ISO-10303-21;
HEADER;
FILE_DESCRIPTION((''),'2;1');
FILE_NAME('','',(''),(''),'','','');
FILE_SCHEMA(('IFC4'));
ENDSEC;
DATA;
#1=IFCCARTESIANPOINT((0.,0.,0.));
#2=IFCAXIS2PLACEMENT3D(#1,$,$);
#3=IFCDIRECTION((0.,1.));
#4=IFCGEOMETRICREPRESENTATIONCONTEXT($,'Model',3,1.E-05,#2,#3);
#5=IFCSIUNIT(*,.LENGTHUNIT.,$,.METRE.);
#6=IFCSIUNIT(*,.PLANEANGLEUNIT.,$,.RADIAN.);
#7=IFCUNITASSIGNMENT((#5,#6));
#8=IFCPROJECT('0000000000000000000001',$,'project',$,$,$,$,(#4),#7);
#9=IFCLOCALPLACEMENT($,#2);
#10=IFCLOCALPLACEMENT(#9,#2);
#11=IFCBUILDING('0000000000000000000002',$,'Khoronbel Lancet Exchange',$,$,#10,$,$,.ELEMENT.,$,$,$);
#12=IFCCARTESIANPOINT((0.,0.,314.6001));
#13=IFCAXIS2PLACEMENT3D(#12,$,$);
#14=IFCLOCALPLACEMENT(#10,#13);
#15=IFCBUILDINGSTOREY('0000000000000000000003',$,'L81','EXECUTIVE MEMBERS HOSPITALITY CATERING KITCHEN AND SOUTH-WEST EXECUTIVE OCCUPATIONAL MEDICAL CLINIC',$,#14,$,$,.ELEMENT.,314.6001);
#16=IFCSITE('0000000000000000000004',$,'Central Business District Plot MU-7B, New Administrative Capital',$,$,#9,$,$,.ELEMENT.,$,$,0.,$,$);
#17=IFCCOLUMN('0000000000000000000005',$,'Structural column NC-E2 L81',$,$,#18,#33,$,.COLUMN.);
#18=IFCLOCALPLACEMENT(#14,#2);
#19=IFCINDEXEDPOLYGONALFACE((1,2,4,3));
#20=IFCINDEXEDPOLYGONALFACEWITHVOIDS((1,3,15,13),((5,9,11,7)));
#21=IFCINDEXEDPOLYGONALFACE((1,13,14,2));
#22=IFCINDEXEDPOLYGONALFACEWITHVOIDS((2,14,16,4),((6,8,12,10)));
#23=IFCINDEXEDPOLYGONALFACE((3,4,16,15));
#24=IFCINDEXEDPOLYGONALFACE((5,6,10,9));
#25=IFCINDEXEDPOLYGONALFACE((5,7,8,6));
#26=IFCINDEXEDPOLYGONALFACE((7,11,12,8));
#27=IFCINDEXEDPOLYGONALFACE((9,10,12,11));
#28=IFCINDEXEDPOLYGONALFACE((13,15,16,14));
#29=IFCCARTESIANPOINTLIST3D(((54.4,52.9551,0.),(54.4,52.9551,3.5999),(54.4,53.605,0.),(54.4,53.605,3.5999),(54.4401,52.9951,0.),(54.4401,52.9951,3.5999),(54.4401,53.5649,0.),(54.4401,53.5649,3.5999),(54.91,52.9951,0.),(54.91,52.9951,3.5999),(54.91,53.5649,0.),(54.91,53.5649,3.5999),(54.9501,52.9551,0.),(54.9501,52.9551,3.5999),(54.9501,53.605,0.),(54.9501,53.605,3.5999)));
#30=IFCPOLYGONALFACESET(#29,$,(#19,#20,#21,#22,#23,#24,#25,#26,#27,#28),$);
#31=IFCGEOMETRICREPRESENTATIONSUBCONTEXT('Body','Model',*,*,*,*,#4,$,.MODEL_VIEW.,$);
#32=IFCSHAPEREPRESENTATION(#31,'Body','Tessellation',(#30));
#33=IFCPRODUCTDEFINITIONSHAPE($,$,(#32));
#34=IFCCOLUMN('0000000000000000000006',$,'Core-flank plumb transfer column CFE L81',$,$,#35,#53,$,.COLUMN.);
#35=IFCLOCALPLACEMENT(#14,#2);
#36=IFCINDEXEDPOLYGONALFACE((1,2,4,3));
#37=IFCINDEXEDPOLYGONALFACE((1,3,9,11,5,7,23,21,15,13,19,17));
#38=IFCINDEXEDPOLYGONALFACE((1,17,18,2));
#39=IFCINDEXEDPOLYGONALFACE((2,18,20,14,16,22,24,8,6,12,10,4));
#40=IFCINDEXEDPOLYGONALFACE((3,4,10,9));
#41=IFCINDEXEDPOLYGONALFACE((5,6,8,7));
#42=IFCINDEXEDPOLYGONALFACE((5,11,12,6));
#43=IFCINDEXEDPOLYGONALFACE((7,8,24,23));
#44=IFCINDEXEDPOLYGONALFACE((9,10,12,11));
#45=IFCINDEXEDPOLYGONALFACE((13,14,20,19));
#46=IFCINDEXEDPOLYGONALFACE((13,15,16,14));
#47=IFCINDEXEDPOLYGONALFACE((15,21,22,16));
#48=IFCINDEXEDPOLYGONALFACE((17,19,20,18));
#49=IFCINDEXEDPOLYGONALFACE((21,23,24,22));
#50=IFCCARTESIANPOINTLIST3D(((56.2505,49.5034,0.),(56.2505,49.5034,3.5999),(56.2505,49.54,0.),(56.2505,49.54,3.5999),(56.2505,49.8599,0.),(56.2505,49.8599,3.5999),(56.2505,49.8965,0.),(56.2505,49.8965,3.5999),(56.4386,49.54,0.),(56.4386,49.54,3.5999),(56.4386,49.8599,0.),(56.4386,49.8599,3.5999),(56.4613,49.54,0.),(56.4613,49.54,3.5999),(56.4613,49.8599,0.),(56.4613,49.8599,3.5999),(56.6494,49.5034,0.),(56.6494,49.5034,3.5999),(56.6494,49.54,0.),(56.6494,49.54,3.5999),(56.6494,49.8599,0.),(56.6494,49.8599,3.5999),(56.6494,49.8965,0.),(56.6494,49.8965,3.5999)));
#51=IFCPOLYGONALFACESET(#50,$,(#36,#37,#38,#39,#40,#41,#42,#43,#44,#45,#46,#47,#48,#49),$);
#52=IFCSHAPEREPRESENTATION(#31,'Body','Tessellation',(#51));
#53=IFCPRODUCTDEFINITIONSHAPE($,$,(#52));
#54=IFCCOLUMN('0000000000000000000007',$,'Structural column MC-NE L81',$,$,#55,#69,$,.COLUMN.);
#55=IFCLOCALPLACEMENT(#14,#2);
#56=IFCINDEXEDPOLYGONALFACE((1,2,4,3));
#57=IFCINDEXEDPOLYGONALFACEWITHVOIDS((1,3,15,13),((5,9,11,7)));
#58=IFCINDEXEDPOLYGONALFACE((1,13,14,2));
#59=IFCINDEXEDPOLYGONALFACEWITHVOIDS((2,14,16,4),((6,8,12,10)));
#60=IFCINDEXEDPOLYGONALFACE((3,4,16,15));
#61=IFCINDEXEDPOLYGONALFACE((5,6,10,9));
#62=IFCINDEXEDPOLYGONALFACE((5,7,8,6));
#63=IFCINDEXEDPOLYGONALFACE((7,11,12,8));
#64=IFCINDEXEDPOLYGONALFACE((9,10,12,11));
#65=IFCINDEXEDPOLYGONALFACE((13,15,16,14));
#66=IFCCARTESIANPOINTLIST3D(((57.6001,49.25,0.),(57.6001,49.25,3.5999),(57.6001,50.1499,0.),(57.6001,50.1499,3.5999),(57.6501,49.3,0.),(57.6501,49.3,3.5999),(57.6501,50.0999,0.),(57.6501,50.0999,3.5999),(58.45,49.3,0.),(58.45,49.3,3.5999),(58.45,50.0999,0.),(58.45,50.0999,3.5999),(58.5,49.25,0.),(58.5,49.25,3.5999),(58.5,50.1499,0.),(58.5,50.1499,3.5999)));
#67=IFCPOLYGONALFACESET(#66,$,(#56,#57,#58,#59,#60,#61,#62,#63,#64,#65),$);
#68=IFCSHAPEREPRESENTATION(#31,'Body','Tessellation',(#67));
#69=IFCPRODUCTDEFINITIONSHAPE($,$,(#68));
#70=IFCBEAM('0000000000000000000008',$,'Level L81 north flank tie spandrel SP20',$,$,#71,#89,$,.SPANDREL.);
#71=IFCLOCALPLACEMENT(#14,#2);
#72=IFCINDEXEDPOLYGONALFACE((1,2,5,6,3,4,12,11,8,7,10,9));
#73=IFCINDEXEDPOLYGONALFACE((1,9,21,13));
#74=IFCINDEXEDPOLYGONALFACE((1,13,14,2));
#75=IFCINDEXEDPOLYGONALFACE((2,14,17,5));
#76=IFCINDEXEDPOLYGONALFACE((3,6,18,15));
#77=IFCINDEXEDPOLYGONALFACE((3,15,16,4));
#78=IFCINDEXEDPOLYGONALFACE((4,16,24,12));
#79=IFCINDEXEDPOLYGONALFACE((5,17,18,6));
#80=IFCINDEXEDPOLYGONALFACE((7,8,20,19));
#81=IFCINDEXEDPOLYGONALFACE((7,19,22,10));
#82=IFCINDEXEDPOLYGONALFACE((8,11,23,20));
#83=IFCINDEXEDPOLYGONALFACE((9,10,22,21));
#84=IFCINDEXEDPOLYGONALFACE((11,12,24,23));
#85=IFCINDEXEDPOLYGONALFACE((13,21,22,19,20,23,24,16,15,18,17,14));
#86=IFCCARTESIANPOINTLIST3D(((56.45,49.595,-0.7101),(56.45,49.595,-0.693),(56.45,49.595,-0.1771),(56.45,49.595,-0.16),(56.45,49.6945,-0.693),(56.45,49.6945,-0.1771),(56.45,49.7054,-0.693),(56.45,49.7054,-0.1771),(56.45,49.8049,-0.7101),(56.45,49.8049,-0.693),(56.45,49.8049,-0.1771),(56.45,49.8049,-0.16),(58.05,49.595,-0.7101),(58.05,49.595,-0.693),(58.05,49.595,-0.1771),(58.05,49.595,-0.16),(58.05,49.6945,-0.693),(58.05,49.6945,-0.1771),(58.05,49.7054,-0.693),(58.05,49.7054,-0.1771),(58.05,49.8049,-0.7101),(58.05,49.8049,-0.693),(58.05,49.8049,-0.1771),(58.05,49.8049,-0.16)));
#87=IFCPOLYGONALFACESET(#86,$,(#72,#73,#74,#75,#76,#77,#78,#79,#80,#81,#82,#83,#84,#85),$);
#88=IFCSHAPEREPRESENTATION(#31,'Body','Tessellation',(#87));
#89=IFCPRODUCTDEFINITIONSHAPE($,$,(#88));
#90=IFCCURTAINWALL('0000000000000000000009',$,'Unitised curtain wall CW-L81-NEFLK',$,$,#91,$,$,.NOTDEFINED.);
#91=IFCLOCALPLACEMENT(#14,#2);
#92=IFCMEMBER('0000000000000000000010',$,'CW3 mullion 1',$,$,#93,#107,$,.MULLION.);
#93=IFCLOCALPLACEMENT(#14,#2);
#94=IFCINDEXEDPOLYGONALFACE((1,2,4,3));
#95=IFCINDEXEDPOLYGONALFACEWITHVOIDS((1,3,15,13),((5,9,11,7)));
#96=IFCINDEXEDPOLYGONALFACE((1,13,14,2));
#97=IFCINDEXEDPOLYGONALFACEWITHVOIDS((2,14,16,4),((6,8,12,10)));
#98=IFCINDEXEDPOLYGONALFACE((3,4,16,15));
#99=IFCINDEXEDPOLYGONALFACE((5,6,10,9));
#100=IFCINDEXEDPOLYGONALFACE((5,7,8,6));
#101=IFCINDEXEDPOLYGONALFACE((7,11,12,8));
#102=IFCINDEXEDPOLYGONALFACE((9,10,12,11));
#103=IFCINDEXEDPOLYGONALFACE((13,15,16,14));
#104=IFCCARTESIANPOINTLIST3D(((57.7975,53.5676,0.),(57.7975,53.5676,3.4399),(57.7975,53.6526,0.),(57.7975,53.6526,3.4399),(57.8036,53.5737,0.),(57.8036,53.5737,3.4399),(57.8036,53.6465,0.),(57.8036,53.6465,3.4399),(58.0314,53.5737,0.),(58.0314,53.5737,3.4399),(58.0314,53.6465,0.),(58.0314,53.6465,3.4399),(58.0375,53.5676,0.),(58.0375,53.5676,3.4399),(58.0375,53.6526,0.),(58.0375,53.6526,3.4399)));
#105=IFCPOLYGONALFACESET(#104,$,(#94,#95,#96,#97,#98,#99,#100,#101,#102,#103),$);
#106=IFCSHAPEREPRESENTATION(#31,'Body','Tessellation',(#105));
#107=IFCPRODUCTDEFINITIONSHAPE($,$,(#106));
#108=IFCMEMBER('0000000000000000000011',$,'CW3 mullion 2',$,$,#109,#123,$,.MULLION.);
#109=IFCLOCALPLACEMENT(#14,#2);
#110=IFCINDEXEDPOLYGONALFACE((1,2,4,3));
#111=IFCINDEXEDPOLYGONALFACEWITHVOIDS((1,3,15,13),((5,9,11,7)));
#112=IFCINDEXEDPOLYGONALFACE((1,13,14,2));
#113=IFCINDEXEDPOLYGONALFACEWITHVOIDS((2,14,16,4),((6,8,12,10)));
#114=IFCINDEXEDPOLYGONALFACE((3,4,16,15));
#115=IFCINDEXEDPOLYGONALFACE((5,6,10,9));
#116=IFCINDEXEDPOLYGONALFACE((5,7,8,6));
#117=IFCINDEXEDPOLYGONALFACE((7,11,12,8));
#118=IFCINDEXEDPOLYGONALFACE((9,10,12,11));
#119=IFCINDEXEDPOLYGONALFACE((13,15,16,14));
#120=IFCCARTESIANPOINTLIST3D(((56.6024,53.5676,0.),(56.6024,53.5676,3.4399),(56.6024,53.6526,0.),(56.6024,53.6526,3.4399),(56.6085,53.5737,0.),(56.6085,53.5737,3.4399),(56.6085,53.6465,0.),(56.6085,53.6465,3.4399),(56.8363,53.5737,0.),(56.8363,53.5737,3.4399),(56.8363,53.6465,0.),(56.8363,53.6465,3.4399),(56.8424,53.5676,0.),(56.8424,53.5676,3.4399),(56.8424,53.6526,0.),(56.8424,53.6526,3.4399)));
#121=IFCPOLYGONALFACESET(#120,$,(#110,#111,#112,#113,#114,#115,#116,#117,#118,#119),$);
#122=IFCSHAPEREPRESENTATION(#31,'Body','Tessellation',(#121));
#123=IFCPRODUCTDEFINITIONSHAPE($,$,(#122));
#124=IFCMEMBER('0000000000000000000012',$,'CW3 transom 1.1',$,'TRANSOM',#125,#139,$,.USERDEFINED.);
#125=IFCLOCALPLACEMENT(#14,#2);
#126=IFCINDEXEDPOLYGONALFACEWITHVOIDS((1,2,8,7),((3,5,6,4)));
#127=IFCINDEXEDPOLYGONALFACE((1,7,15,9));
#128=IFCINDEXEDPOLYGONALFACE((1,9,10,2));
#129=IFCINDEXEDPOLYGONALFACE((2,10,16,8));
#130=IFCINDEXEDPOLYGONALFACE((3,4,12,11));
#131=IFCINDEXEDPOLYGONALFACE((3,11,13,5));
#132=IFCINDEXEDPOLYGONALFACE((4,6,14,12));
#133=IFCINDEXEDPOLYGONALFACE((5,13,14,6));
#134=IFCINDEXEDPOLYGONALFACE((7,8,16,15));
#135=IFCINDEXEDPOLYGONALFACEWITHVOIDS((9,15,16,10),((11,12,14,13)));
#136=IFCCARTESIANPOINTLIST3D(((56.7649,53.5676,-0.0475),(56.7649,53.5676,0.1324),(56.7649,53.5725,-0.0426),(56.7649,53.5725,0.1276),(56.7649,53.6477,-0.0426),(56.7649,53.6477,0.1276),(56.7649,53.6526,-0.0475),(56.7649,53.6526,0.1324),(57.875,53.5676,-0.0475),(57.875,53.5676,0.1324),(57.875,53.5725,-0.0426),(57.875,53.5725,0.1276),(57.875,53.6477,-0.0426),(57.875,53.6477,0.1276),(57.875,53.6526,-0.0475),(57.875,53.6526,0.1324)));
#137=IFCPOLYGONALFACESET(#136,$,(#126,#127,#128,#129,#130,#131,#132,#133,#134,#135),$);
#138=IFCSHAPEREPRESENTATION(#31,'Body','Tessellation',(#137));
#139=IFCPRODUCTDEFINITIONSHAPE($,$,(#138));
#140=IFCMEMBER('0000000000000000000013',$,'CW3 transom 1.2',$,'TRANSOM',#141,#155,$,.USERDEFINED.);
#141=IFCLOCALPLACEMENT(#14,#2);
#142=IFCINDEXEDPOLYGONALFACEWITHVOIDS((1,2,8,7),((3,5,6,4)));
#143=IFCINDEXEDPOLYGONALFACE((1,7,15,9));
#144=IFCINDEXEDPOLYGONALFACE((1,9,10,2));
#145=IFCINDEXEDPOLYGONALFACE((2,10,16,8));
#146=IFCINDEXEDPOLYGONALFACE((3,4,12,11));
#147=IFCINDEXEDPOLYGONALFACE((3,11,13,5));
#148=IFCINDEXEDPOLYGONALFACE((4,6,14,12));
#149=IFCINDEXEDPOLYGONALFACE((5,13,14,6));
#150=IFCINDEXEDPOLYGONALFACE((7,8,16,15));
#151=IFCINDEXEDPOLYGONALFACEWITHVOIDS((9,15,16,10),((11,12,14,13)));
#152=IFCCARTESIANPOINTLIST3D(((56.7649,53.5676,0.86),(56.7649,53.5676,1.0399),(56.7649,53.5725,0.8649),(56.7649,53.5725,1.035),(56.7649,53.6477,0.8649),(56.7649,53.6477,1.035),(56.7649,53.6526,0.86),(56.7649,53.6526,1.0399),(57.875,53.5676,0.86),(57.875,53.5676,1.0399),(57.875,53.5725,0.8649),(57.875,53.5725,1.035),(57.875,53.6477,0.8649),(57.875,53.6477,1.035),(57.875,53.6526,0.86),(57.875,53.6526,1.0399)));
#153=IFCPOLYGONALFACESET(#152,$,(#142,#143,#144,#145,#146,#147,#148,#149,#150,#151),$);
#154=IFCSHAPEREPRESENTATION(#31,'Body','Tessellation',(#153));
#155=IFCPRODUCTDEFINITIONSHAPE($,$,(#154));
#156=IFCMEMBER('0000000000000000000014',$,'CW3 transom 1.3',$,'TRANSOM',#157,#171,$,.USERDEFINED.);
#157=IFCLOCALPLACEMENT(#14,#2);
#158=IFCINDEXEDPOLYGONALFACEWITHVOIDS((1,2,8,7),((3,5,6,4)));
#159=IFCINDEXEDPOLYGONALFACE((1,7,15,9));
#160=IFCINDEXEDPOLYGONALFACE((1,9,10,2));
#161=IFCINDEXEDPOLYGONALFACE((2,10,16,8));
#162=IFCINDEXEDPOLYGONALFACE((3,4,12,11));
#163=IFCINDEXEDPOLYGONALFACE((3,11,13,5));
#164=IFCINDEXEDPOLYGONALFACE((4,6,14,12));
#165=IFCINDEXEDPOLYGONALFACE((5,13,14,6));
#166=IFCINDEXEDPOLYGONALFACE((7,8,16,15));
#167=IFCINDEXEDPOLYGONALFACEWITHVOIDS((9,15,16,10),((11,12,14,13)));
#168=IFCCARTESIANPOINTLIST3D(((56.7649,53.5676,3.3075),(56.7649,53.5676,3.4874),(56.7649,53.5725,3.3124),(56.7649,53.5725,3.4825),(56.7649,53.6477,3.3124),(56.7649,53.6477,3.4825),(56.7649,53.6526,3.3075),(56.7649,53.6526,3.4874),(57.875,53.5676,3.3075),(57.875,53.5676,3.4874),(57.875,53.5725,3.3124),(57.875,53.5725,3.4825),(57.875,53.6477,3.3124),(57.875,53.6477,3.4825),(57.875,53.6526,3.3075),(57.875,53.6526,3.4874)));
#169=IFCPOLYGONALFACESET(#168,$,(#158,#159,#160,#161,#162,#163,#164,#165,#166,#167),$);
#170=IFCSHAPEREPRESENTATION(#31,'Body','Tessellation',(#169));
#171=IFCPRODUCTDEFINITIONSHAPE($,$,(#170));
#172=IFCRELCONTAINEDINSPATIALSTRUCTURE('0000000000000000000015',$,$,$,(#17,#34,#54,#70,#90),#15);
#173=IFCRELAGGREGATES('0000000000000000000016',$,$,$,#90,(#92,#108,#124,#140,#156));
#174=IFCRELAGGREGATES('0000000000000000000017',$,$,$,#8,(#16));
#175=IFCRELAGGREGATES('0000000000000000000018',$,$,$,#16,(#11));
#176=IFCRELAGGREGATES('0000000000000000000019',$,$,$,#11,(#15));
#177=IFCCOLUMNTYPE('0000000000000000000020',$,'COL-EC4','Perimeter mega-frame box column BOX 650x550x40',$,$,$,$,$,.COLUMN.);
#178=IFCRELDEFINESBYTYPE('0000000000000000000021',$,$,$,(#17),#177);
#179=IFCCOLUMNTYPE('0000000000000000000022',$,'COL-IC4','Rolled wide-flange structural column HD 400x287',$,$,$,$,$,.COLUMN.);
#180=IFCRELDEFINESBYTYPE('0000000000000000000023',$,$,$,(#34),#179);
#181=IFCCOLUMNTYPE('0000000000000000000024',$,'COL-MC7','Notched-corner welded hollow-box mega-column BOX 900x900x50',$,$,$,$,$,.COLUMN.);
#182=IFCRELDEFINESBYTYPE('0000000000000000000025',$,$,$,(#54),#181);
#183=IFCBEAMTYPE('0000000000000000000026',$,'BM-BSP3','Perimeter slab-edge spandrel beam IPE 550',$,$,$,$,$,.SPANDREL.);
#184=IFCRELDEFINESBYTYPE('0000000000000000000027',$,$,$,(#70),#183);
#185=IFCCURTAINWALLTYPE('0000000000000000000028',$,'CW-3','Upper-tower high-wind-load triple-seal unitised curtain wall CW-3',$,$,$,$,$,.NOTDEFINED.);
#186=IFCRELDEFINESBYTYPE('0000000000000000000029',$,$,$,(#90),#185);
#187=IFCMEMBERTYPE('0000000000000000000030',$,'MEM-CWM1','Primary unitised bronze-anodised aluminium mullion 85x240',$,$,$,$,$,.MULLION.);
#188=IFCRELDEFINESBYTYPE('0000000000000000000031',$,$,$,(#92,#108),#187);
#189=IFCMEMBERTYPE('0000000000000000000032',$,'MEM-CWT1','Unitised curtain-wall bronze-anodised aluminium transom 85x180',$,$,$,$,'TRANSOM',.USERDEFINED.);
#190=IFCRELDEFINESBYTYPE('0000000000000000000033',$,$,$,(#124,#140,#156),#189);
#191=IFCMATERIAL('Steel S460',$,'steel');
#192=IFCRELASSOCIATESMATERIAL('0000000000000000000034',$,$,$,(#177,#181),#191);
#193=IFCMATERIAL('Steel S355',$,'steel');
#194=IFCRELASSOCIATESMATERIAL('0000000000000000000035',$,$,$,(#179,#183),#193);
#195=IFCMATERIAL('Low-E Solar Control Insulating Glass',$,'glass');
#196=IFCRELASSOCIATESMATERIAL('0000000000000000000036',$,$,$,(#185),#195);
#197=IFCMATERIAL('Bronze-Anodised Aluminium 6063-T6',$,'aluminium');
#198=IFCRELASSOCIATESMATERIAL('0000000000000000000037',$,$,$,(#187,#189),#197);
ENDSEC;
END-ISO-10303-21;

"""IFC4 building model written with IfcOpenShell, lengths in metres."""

from ifc_helpers import new_model, si_unit, direction, frame, origin, origin_2d, place, context, subcontext, project, spatial, hollow_rectangle, i_section, extrude, material, material_profile, profile_set, type_object, element, aggregate, save


model = new_model("IFC4")

# Units and contexts
model_context = context("Model", 3, precision=1e-05, world=origin(), true_north=direction((0.0, 1.0)))
body_context = subcontext(model_context, "Body", "Model", "MODEL_VIEW")
ifc_project = project(units=[si_unit("LENGTHUNIT", "METRE"), si_unit("PLANEANGLEUNIT", "RADIAN")], contexts=[model_context])

# Site, building, storey
site_placement = place(None, origin())
site = spatial("IfcSite", under=ifc_project, at=site_placement, Name="Central Business District Plot MU-7B, New Administrative Capital", CompositionType="ELEMENT", RefElevation=0.0)
building_placement = place(site_placement, origin())
building = spatial("IfcBuilding", under=site, at=building_placement, Name="Khoronbel Lancet Exchange", CompositionType="ELEMENT")
storey_placement = place(building_placement, frame((0.0, 0.0, 314.6001)))
storey = spatial("IfcBuildingStorey", under=building, at=storey_placement, Name="L81", Description="EXECUTIVE MEMBERS HOSPITALITY CATERING KITCHEN AND SOUTH-WEST EXECUTIVE OCCUPATIONAL MEDICAL CLINIC", CompositionType="ELEMENT", Elevation=314.6001)

# Columns
ifc_material_1 = material(Name="Steel S460", Category="steel")
ifc_material_profile_1 = material_profile(ifc_material_1, hollow_rectangle(XDim=0.55, YDim=0.6499, WallThickness=0.04, at=origin_2d()), Name="BOX 650x550x40")
ifc_profile_set_1 = profile_set([ifc_material_profile_1], Name="Steel S460")
column_type_1 = type_object("IfcColumnType", Name="COL-EC4", Description="Perimeter mega-frame box column BOX 650x550x40", PredefinedType="COLUMN", material=ifc_profile_set_1)
column_1_placement = place(storey_placement, frame((54.675, 53.28, 0.0), z_axis=(0.0, 0.0, 1.0), x_axis=(1.0, 0.0, 0.0)))
element("IfcColumn", 1, at=column_1_placement, inside=storey, type_object=column_type_1, Name="Structural column NC-E2 L81", PredefinedType="COLUMN", context=body_context, shape_type="SweptSolid", body=[
    extrude(hollow_rectangle(XDim=0.55, YDim=0.6499, WallThickness=0.04, at=origin_2d()), origin(), (0.0, 0.0, 1.0), 3.5999),
])
ifc_material_2 = material(Name="Steel S355", Category="steel")
ifc_material_profile_2 = material_profile(ifc_material_2, i_section(OverallWidth=0.3989, OverallDepth=0.3931, WebThickness=0.0227, FlangeThickness=0.0366, at=origin_2d()), Name="HD 400x287")
ifc_profile_set_2 = profile_set([ifc_material_profile_2], Name="Steel S355")
column_type_2 = type_object("IfcColumnType", Name="COL-IC4", Description="Rolled wide-flange structural column HD 400x287", PredefinedType="COLUMN", material=ifc_profile_set_2)
column_2_placement = place(storey_placement, frame((56.45, 49.7, 0.0), z_axis=(0.0, 0.0, 1.0), x_axis=(1.0, 0.0, 0.0)))
element("IfcColumn", 2, at=column_2_placement, inside=storey, type_object=column_type_2, Name="Core-flank plumb transfer column CFE L81", PredefinedType="COLUMN", context=body_context, shape_type="SweptSolid", body=[
    extrude(i_section(OverallWidth=0.3989, OverallDepth=0.3931, WebThickness=0.0227, FlangeThickness=0.0366, at=origin_2d()), origin(), (0.0, 0.0, 1.0), 3.5999),
])
ifc_material_profile_3 = material_profile(ifc_material_1, hollow_rectangle(XDim=0.8999, YDim=0.8999, WallThickness=0.05, at=origin_2d()), Name="BOX 900x900x50")
ifc_profile_set_3 = profile_set([ifc_material_profile_3], Name="Steel S460")
column_type_3 = type_object("IfcColumnType", Name="COL-MC7", Description="Notched-corner welded hollow-box mega-column BOX 900x900x50", PredefinedType="COLUMN", material=ifc_profile_set_3)
column_3_placement = place(storey_placement, frame((58.05, 49.7, 0.0), z_axis=(0.0, 0.0, 1.0), x_axis=(1.0, 0.0, 0.0)))
element("IfcColumn", 3, at=column_3_placement, inside=storey, type_object=column_type_3, Name="Structural column MC-NE L81", PredefinedType="COLUMN", context=body_context, shape_type="SweptSolid", body=[
    extrude(hollow_rectangle(XDim=0.8999, YDim=0.8999, WallThickness=0.05, at=origin_2d()), origin(), (0.0, 0.0, 1.0), 3.5999),
])

# Beam
ifc_material_profile_4 = material_profile(ifc_material_2, i_section(OverallWidth=0.21, OverallDepth=0.55, WebThickness=0.011, FlangeThickness=0.0171, at=origin_2d()), Name="IPE 550")
ifc_profile_set_4 = profile_set([ifc_material_profile_4], Name="Steel S355")
beam_type = type_object("IfcBeamType", Name="BM-BSP3", Description="Perimeter slab-edge spandrel beam IPE 550", PredefinedType="SPANDREL", material=ifc_profile_set_4)
beam_placement = place(storey_placement, frame((58.05, 49.7, -0.4351), z_axis=(-1.0, 0.0, 0.0), x_axis=(0.0, -1.0, 0.0)))
element("IfcBeam", 4, at=beam_placement, inside=storey, type_object=beam_type, Name="Level L81 north flank tie spandrel SP20", PredefinedType="SPANDREL", context=body_context, shape_type="SweptSolid", body=[
    extrude(i_section(OverallWidth=0.21, OverallDepth=0.55, WebThickness=0.011, FlangeThickness=0.0171, at=origin_2d()), origin(), (0.0, 0.0, 1.0), 1.6001),
])

# Curtain wall, members
ifc_material_3 = material(Name="Low-E Solar Control Insulating Glass", Category="glass")
curtain_wall_type = type_object("IfcCurtainWallType", Name="CW-3", Description="Upper-tower high-wind-load triple-seal unitised curtain wall CW-3", PredefinedType="NOTDEFINED", material=ifc_material_3)
curtain_wall_placement = place(storey_placement, origin())
curtain_wall = element("IfcCurtainWall", 5, at=curtain_wall_placement, inside=storey, type_object=curtain_wall_type, Name="Unitised curtain wall CW-L81-NEFLK", PredefinedType="NOTDEFINED")
ifc_material_4 = material(Name="Bronze-Anodised Aluminium 6063-T6", Category="aluminium")
ifc_material_profile_5 = material_profile(ifc_material_4, hollow_rectangle(XDim=0.085, YDim=0.24, WallThickness=0.0061, at=origin_2d()), Name="ALU MULLION 85x240")
ifc_profile_set_5 = profile_set([ifc_material_profile_5], Name="Bronze-Anodised Aluminium 6063-T6")
member_type_1 = type_object("IfcMemberType", Name="MEM-CWM1", Description="Primary unitised bronze-anodised aluminium mullion 85x240", PredefinedType="MULLION", material=ifc_profile_set_5)
member_1_placement = place(storey_placement, frame((57.9175, 53.6101, 0.0), z_axis=(0.0, 0.0, 1.0), x_axis=(0.0, -1.0, 0.0)))
member_1 = element("IfcMember", 6, at=member_1_placement, type_object=member_type_1, Name="CW3 mullion 1", PredefinedType="MULLION", context=body_context, shape_type="SweptSolid", body=[
    extrude(hollow_rectangle(XDim=0.085, YDim=0.24, WallThickness=0.0061, at=origin_2d()), origin(), (0.0, 0.0, 1.0), 3.4399),
])
member_2_placement = place(storey_placement, frame((56.7224, 53.6101, 0.0), z_axis=(0.0, 0.0, 1.0), x_axis=(0.0, -1.0, 0.0)))
member_2 = element("IfcMember", 7, at=member_2_placement, type_object=member_type_1, Name="CW3 mullion 2", PredefinedType="MULLION", context=body_context, shape_type="SweptSolid", body=[
    extrude(hollow_rectangle(XDim=0.085, YDim=0.24, WallThickness=0.0061, at=origin_2d()), origin(), (0.0, 0.0, 1.0), 3.4399),
])
ifc_material_profile_6 = material_profile(ifc_material_4, hollow_rectangle(XDim=0.085, YDim=0.1799, WallThickness=0.0049, at=origin_2d()), Name="ALU TRANSOM 85x180")
ifc_profile_set_6 = profile_set([ifc_material_profile_6], Name="Bronze-Anodised Aluminium 6063-T6")
member_type_2 = type_object("IfcMemberType", Name="MEM-CWT1", Description="Unitised curtain-wall bronze-anodised aluminium transom 85x180", ElementType="TRANSOM", PredefinedType="USERDEFINED", material=ifc_profile_set_6)
member_3_placement = place(storey_placement, frame((57.875, 53.6101, 0.0425), z_axis=(-1.0, 0.0, 0.0), x_axis=(0.0, -1.0, 0.0)))
member_3 = element("IfcMember", 8, at=member_3_placement, type_object=member_type_2, Name="CW3 transom 1.1", ObjectType="TRANSOM", PredefinedType="USERDEFINED", context=body_context, shape_type="SweptSolid", body=[
    extrude(hollow_rectangle(XDim=0.085, YDim=0.1799, WallThickness=0.0049, at=origin_2d()), origin(), (0.0, 0.0, 1.0), 1.1101),
])
member_4_placement = place(storey_placement, frame((57.875, 53.6101, 0.95), z_axis=(-1.0, 0.0, 0.0), x_axis=(0.0, -1.0, 0.0)))
member_4 = element("IfcMember", 9, at=member_4_placement, type_object=member_type_2, Name="CW3 transom 1.2", ObjectType="TRANSOM", PredefinedType="USERDEFINED", context=body_context, shape_type="SweptSolid", body=[
    extrude(hollow_rectangle(XDim=0.085, YDim=0.1799, WallThickness=0.0049, at=origin_2d()), origin(), (0.0, 0.0, 1.0), 1.1101),
])
member_5_placement = place(storey_placement, frame((57.875, 53.6101, 3.3975), z_axis=(-1.0, 0.0, 0.0), x_axis=(0.0, -1.0, 0.0)))
member_5 = element("IfcMember", 10, at=member_5_placement, type_object=member_type_2, Name="CW3 transom 1.3", ObjectType="TRANSOM", PredefinedType="USERDEFINED", context=body_context, shape_type="SweptSolid", body=[
    extrude(hollow_rectangle(XDim=0.085, YDim=0.1799, WallThickness=0.0049, at=origin_2d()), origin(), (0.0, 0.0, 1.0), 1.1101),
])

aggregate(curtain_wall, [member_1, member_2, member_3, member_4, member_5])

save(model, "model.ifc")
